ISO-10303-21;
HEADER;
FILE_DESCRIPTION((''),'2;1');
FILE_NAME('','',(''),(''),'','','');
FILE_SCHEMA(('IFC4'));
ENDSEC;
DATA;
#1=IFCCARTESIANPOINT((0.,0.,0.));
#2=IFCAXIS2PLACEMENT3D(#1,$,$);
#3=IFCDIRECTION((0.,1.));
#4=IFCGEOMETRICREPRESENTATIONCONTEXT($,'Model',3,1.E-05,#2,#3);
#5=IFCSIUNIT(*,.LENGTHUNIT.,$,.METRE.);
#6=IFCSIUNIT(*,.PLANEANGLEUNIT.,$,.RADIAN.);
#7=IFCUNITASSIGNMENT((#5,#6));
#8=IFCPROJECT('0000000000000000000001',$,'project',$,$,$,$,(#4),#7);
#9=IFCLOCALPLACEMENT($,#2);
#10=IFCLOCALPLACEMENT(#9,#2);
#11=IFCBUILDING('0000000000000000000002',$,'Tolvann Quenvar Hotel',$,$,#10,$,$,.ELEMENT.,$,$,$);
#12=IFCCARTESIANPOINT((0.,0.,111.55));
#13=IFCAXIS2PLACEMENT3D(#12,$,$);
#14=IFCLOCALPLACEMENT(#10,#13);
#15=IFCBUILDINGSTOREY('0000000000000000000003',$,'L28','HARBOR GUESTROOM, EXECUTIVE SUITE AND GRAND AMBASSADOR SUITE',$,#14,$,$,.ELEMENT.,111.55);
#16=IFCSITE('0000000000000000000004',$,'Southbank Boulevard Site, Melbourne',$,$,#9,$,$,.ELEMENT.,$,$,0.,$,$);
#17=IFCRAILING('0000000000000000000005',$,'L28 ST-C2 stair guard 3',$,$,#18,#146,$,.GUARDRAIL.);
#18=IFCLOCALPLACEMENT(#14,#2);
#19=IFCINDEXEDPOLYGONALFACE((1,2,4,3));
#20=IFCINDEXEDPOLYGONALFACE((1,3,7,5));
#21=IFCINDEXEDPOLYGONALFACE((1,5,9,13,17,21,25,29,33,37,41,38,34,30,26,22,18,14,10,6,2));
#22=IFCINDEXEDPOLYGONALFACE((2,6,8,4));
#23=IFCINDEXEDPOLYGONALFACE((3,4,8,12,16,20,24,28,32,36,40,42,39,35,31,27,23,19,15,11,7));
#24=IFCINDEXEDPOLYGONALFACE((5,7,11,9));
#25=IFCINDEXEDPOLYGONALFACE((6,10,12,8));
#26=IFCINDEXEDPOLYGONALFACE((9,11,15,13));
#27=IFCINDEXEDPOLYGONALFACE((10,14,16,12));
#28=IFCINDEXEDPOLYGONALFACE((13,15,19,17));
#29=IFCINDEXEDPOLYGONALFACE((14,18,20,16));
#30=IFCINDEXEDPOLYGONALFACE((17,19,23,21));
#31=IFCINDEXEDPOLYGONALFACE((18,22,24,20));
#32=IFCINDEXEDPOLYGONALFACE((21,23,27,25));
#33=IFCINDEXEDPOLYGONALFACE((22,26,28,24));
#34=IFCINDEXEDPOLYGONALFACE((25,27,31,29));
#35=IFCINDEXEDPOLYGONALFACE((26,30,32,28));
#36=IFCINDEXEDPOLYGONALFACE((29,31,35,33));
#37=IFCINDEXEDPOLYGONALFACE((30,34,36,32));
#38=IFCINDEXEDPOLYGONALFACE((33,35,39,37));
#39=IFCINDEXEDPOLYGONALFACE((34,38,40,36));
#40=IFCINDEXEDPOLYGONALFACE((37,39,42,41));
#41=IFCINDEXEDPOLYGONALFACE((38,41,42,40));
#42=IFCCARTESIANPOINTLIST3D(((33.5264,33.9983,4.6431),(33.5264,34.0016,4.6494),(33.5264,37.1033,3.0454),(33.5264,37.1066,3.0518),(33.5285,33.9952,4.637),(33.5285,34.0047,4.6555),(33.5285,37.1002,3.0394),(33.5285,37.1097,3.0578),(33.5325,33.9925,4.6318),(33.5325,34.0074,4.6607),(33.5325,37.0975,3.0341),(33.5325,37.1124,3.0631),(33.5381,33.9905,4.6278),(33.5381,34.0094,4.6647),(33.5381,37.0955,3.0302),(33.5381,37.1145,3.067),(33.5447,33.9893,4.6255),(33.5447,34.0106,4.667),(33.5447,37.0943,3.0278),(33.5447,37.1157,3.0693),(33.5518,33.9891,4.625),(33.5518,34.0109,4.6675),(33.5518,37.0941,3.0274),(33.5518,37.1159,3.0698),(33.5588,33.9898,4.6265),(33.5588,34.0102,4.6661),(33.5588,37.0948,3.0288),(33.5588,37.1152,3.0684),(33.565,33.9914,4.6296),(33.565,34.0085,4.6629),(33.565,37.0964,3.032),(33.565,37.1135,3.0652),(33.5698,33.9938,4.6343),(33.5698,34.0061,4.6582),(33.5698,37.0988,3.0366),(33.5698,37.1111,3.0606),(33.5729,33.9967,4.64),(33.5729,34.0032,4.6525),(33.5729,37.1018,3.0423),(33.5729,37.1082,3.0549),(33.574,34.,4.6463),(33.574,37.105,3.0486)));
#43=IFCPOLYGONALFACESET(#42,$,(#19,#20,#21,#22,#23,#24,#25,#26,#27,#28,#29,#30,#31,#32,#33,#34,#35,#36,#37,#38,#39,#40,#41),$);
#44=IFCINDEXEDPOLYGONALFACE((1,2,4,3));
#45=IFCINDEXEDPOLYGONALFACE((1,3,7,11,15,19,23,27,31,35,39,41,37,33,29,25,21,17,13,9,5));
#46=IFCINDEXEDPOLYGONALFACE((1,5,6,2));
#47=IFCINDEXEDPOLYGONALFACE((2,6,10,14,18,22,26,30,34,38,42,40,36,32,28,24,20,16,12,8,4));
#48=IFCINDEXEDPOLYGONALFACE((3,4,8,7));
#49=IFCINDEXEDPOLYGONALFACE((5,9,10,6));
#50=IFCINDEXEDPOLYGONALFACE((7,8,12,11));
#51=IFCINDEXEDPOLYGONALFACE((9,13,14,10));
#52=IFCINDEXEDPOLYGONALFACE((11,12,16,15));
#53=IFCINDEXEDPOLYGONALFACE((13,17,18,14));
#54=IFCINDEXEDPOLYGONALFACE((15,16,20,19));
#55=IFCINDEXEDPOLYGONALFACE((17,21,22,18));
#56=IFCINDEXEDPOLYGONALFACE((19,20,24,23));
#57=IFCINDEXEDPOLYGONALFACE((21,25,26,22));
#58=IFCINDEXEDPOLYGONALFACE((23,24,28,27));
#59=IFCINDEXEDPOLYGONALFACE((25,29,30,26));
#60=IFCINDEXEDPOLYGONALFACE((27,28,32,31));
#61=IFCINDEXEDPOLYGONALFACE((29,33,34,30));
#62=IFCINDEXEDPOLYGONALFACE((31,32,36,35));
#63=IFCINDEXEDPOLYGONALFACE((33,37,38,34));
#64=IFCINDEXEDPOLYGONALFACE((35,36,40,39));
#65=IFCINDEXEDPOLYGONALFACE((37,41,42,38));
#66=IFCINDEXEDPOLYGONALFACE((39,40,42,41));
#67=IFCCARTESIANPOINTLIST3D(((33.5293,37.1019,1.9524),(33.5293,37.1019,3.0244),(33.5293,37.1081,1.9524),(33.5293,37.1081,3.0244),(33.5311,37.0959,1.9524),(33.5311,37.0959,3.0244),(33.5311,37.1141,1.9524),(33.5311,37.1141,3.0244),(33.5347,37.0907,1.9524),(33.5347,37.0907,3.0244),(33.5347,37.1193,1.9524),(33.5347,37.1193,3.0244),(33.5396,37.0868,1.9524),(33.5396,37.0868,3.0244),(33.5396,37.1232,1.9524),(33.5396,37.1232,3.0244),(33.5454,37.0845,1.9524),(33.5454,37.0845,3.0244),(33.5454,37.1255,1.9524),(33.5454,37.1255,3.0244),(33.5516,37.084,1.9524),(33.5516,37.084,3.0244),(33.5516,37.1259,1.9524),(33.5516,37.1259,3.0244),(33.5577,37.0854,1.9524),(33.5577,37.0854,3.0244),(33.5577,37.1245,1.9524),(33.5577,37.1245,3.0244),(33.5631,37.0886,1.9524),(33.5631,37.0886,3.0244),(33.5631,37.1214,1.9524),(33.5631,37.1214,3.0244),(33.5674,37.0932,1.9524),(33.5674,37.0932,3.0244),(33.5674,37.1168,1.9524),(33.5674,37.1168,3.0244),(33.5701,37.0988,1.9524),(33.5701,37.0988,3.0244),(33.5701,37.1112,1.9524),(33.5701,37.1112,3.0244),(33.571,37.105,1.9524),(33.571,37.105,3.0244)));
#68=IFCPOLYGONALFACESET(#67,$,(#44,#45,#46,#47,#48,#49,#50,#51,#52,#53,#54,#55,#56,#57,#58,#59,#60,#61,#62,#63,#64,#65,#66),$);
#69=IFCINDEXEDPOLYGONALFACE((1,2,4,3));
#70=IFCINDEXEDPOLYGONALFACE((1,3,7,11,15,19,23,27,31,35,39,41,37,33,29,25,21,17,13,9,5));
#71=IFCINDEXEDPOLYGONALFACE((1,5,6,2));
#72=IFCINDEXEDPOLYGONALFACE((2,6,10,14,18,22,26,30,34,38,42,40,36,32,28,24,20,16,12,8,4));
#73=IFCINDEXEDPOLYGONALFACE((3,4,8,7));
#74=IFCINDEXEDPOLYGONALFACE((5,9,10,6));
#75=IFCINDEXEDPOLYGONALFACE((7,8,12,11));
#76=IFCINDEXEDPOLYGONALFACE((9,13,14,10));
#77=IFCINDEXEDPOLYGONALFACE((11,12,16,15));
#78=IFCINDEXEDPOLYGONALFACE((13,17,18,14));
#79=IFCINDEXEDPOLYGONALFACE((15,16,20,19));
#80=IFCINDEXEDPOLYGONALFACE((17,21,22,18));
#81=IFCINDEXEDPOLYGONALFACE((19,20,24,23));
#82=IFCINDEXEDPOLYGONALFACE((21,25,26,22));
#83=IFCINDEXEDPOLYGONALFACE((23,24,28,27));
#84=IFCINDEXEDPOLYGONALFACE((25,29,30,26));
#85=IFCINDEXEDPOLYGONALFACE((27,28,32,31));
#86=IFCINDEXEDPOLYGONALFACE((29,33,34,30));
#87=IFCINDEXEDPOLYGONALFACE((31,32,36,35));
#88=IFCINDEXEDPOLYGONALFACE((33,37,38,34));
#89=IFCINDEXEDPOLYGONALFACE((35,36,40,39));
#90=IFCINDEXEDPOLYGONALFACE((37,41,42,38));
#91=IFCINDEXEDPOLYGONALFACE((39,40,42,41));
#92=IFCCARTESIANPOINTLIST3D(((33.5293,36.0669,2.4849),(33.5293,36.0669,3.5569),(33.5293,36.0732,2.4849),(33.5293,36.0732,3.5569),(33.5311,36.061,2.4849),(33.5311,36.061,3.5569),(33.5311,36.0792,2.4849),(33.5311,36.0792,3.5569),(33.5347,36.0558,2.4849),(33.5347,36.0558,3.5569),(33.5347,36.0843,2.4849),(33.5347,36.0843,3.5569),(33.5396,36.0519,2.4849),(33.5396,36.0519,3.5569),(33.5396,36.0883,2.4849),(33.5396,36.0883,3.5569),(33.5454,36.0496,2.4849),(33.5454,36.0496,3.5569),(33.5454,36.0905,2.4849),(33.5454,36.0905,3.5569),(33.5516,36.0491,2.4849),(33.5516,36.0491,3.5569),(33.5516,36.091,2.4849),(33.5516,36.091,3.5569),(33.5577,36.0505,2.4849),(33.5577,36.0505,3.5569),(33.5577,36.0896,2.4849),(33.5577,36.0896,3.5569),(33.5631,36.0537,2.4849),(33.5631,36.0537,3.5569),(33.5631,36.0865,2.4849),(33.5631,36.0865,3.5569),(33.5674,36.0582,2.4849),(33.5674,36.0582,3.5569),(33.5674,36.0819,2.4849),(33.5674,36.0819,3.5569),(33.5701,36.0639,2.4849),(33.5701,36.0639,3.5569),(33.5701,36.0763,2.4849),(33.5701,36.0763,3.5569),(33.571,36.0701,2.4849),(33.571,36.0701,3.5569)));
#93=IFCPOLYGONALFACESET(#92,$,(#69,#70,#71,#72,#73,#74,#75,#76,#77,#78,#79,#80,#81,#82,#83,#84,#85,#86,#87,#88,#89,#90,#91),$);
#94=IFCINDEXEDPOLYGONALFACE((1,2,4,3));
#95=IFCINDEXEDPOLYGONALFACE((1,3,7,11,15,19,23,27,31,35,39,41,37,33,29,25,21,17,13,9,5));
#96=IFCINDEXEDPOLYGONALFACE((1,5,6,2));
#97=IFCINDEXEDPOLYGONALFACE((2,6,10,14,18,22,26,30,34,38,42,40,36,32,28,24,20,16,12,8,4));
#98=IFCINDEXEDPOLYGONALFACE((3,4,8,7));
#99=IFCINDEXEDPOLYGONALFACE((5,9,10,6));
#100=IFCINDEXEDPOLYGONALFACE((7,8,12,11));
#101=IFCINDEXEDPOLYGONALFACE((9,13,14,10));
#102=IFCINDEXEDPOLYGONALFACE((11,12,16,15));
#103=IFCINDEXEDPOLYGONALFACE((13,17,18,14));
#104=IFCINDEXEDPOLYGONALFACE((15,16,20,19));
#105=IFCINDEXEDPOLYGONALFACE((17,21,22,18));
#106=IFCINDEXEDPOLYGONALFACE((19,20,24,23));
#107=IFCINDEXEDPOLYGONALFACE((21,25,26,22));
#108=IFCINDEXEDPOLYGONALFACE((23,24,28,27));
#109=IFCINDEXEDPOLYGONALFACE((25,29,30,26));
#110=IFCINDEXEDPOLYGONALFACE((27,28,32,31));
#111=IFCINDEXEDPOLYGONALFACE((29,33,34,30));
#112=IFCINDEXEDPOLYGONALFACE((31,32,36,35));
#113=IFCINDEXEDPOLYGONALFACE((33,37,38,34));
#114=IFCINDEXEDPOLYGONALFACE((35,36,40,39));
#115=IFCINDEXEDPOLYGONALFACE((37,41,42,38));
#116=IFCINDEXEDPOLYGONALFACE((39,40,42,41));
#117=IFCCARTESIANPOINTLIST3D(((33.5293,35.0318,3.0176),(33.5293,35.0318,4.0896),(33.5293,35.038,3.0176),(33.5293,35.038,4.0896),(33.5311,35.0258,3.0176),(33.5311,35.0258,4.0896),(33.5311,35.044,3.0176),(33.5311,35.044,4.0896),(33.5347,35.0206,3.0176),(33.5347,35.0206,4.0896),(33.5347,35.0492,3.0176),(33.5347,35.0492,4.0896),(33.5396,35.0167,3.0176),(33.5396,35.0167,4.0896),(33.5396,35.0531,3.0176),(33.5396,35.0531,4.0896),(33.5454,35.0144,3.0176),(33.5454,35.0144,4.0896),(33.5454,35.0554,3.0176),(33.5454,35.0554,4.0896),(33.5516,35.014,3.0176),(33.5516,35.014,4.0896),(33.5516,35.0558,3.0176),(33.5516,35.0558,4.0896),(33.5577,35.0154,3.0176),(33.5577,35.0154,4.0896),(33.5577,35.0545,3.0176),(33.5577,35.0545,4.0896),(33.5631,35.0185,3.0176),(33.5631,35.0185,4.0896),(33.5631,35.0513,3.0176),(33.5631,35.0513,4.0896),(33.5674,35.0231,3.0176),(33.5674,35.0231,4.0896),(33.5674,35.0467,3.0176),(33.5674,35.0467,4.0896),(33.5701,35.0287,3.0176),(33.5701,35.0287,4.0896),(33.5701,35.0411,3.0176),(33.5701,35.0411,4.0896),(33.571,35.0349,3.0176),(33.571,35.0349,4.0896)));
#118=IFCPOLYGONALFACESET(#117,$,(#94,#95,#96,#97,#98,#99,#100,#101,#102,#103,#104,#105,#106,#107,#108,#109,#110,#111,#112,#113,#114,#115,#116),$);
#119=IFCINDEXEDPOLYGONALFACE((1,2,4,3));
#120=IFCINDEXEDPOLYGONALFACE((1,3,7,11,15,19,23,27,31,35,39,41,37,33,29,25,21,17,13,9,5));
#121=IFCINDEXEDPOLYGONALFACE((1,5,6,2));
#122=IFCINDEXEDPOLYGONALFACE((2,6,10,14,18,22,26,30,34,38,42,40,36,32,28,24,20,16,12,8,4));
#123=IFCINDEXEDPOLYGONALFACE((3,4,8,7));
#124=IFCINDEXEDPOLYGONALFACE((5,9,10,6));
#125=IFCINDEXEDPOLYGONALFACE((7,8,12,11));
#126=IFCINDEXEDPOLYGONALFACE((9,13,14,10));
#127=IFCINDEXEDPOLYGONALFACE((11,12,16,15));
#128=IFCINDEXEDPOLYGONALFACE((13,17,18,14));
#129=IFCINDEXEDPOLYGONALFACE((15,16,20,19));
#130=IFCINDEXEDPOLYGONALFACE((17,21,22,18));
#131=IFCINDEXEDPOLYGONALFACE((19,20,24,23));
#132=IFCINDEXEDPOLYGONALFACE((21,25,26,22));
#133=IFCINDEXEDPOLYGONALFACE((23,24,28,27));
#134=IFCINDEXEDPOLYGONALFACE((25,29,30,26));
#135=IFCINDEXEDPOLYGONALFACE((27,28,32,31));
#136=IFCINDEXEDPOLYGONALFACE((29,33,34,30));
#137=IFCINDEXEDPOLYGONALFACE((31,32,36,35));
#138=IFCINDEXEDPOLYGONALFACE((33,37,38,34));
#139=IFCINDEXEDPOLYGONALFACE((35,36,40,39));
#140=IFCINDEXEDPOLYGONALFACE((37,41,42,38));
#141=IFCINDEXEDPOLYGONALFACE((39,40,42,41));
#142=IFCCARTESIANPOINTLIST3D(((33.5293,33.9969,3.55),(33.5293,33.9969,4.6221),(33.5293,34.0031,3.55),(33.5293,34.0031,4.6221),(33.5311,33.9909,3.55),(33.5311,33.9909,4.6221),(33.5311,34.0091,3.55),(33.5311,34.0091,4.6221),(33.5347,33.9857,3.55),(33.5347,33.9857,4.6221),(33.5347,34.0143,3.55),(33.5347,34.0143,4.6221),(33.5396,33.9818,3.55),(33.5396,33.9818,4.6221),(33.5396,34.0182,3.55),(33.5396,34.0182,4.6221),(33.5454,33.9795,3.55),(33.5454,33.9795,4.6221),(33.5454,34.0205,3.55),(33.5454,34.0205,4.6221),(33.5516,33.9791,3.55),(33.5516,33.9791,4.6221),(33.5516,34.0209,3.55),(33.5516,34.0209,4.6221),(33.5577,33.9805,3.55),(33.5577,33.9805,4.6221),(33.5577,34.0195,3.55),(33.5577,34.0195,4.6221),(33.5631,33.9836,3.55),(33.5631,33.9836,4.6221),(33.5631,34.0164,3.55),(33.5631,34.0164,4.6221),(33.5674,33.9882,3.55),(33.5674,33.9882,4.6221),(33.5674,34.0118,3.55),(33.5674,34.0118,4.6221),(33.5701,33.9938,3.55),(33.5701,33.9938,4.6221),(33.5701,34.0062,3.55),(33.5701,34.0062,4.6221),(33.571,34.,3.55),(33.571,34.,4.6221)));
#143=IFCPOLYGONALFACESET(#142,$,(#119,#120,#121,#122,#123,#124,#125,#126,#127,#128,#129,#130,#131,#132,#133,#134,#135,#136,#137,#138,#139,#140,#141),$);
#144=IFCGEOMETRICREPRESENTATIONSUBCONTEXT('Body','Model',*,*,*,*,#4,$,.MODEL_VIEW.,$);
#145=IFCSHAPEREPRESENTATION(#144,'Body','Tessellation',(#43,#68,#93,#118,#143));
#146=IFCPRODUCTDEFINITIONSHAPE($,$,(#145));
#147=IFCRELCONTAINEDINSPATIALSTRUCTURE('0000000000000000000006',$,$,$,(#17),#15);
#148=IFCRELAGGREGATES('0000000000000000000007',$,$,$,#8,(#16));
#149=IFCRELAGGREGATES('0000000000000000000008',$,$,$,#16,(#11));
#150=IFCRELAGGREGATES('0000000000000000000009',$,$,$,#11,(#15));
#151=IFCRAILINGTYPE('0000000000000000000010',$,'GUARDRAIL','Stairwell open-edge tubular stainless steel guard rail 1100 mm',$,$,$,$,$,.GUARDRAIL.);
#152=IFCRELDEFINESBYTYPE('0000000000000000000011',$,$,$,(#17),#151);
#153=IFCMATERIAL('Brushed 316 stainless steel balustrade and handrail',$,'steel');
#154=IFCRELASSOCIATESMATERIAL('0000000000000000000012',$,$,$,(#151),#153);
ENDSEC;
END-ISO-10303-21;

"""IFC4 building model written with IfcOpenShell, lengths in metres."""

from ifc_helpers import new_model, si_unit, direction, frame, origin, origin_2d, place, context, subcontext, project, spatial, circle, extrude, material, type_object, element, save


model = new_model("IFC4")

# Units and contexts
model_context = context("Model", 3, precision=1e-05, world=origin(), true_north=direction((0.0, 1.0)))
body_context = subcontext(model_context, "Body", "Model", "MODEL_VIEW")
ifc_project = project(units=[si_unit("LENGTHUNIT", "METRE"), si_unit("PLANEANGLEUNIT", "RADIAN")], contexts=[model_context])

# Site, building, storey
site_placement = place(None, origin())
site = spatial("IfcSite", under=ifc_project, at=site_placement, Name="Southbank Boulevard Site, Melbourne", CompositionType="ELEMENT", RefElevation=0.0)
building_placement = place(site_placement, origin())
building = spatial("IfcBuilding", under=site, at=building_placement, Name="Tolvann Quenvar Hotel", CompositionType="ELEMENT")
storey_placement = place(building_placement, frame((0.0, 0.0, 111.55)))
storey = spatial("IfcBuildingStorey", under=building, at=storey_placement, Name="L28", Description="HARBOR GUESTROOM, EXECUTIVE SUITE AND GRAND AMBASSADOR SUITE", CompositionType="ELEMENT", Elevation=111.55)

# Railing
ifc_material_1 = material(Name="Brushed 316 stainless steel balustrade and handrail", Category="steel")
railing_type_1 = type_object("IfcRailingType", Name="GUARDRAIL", Description="Stairwell open-edge tubular stainless steel guard rail 1100 mm", PredefinedType="GUARDRAIL", material=ifc_material_1)
railing_1_placement = place(storey_placement, frame((33.55, 37.105, 1.9524)))
element("IfcRailing", 1, at=railing_1_placement, inside=storey, type_object=railing_type_1, Name="L28 ST-C2 stair guard 3", PredefinedType="GUARDRAIL", context=body_context, shape_type="SweptSolid", body=[
    extrude(circle(Radius=0.0239, at=origin_2d()), frame((0.0, 0.0, 1.0962), z_axis=(0.0, -0.889194, 0.457531), x_axis=(1.0, 0.0, 0.0)), (0.0, 0.0, 1.0), 3.4919),
    extrude(circle(Radius=0.021, at=origin_2d()), origin(), (0.0, 0.0, 1.0), 1.072),
    extrude(circle(Radius=0.021, at=origin_2d()), frame((0.0, -1.0349, 0.5325)), (0.0, 0.0, 1.0), 1.072),
    extrude(circle(Radius=0.021, at=origin_2d()), frame((0.0, -2.0701, 1.0652)), (0.0, 0.0, 1.0), 1.072),
    extrude(circle(Radius=0.021, at=origin_2d()), frame((0.0, -3.105, 1.5977)), (0.0, 0.0, 1.0), 1.072),
])

save(model, "model.ifc")
